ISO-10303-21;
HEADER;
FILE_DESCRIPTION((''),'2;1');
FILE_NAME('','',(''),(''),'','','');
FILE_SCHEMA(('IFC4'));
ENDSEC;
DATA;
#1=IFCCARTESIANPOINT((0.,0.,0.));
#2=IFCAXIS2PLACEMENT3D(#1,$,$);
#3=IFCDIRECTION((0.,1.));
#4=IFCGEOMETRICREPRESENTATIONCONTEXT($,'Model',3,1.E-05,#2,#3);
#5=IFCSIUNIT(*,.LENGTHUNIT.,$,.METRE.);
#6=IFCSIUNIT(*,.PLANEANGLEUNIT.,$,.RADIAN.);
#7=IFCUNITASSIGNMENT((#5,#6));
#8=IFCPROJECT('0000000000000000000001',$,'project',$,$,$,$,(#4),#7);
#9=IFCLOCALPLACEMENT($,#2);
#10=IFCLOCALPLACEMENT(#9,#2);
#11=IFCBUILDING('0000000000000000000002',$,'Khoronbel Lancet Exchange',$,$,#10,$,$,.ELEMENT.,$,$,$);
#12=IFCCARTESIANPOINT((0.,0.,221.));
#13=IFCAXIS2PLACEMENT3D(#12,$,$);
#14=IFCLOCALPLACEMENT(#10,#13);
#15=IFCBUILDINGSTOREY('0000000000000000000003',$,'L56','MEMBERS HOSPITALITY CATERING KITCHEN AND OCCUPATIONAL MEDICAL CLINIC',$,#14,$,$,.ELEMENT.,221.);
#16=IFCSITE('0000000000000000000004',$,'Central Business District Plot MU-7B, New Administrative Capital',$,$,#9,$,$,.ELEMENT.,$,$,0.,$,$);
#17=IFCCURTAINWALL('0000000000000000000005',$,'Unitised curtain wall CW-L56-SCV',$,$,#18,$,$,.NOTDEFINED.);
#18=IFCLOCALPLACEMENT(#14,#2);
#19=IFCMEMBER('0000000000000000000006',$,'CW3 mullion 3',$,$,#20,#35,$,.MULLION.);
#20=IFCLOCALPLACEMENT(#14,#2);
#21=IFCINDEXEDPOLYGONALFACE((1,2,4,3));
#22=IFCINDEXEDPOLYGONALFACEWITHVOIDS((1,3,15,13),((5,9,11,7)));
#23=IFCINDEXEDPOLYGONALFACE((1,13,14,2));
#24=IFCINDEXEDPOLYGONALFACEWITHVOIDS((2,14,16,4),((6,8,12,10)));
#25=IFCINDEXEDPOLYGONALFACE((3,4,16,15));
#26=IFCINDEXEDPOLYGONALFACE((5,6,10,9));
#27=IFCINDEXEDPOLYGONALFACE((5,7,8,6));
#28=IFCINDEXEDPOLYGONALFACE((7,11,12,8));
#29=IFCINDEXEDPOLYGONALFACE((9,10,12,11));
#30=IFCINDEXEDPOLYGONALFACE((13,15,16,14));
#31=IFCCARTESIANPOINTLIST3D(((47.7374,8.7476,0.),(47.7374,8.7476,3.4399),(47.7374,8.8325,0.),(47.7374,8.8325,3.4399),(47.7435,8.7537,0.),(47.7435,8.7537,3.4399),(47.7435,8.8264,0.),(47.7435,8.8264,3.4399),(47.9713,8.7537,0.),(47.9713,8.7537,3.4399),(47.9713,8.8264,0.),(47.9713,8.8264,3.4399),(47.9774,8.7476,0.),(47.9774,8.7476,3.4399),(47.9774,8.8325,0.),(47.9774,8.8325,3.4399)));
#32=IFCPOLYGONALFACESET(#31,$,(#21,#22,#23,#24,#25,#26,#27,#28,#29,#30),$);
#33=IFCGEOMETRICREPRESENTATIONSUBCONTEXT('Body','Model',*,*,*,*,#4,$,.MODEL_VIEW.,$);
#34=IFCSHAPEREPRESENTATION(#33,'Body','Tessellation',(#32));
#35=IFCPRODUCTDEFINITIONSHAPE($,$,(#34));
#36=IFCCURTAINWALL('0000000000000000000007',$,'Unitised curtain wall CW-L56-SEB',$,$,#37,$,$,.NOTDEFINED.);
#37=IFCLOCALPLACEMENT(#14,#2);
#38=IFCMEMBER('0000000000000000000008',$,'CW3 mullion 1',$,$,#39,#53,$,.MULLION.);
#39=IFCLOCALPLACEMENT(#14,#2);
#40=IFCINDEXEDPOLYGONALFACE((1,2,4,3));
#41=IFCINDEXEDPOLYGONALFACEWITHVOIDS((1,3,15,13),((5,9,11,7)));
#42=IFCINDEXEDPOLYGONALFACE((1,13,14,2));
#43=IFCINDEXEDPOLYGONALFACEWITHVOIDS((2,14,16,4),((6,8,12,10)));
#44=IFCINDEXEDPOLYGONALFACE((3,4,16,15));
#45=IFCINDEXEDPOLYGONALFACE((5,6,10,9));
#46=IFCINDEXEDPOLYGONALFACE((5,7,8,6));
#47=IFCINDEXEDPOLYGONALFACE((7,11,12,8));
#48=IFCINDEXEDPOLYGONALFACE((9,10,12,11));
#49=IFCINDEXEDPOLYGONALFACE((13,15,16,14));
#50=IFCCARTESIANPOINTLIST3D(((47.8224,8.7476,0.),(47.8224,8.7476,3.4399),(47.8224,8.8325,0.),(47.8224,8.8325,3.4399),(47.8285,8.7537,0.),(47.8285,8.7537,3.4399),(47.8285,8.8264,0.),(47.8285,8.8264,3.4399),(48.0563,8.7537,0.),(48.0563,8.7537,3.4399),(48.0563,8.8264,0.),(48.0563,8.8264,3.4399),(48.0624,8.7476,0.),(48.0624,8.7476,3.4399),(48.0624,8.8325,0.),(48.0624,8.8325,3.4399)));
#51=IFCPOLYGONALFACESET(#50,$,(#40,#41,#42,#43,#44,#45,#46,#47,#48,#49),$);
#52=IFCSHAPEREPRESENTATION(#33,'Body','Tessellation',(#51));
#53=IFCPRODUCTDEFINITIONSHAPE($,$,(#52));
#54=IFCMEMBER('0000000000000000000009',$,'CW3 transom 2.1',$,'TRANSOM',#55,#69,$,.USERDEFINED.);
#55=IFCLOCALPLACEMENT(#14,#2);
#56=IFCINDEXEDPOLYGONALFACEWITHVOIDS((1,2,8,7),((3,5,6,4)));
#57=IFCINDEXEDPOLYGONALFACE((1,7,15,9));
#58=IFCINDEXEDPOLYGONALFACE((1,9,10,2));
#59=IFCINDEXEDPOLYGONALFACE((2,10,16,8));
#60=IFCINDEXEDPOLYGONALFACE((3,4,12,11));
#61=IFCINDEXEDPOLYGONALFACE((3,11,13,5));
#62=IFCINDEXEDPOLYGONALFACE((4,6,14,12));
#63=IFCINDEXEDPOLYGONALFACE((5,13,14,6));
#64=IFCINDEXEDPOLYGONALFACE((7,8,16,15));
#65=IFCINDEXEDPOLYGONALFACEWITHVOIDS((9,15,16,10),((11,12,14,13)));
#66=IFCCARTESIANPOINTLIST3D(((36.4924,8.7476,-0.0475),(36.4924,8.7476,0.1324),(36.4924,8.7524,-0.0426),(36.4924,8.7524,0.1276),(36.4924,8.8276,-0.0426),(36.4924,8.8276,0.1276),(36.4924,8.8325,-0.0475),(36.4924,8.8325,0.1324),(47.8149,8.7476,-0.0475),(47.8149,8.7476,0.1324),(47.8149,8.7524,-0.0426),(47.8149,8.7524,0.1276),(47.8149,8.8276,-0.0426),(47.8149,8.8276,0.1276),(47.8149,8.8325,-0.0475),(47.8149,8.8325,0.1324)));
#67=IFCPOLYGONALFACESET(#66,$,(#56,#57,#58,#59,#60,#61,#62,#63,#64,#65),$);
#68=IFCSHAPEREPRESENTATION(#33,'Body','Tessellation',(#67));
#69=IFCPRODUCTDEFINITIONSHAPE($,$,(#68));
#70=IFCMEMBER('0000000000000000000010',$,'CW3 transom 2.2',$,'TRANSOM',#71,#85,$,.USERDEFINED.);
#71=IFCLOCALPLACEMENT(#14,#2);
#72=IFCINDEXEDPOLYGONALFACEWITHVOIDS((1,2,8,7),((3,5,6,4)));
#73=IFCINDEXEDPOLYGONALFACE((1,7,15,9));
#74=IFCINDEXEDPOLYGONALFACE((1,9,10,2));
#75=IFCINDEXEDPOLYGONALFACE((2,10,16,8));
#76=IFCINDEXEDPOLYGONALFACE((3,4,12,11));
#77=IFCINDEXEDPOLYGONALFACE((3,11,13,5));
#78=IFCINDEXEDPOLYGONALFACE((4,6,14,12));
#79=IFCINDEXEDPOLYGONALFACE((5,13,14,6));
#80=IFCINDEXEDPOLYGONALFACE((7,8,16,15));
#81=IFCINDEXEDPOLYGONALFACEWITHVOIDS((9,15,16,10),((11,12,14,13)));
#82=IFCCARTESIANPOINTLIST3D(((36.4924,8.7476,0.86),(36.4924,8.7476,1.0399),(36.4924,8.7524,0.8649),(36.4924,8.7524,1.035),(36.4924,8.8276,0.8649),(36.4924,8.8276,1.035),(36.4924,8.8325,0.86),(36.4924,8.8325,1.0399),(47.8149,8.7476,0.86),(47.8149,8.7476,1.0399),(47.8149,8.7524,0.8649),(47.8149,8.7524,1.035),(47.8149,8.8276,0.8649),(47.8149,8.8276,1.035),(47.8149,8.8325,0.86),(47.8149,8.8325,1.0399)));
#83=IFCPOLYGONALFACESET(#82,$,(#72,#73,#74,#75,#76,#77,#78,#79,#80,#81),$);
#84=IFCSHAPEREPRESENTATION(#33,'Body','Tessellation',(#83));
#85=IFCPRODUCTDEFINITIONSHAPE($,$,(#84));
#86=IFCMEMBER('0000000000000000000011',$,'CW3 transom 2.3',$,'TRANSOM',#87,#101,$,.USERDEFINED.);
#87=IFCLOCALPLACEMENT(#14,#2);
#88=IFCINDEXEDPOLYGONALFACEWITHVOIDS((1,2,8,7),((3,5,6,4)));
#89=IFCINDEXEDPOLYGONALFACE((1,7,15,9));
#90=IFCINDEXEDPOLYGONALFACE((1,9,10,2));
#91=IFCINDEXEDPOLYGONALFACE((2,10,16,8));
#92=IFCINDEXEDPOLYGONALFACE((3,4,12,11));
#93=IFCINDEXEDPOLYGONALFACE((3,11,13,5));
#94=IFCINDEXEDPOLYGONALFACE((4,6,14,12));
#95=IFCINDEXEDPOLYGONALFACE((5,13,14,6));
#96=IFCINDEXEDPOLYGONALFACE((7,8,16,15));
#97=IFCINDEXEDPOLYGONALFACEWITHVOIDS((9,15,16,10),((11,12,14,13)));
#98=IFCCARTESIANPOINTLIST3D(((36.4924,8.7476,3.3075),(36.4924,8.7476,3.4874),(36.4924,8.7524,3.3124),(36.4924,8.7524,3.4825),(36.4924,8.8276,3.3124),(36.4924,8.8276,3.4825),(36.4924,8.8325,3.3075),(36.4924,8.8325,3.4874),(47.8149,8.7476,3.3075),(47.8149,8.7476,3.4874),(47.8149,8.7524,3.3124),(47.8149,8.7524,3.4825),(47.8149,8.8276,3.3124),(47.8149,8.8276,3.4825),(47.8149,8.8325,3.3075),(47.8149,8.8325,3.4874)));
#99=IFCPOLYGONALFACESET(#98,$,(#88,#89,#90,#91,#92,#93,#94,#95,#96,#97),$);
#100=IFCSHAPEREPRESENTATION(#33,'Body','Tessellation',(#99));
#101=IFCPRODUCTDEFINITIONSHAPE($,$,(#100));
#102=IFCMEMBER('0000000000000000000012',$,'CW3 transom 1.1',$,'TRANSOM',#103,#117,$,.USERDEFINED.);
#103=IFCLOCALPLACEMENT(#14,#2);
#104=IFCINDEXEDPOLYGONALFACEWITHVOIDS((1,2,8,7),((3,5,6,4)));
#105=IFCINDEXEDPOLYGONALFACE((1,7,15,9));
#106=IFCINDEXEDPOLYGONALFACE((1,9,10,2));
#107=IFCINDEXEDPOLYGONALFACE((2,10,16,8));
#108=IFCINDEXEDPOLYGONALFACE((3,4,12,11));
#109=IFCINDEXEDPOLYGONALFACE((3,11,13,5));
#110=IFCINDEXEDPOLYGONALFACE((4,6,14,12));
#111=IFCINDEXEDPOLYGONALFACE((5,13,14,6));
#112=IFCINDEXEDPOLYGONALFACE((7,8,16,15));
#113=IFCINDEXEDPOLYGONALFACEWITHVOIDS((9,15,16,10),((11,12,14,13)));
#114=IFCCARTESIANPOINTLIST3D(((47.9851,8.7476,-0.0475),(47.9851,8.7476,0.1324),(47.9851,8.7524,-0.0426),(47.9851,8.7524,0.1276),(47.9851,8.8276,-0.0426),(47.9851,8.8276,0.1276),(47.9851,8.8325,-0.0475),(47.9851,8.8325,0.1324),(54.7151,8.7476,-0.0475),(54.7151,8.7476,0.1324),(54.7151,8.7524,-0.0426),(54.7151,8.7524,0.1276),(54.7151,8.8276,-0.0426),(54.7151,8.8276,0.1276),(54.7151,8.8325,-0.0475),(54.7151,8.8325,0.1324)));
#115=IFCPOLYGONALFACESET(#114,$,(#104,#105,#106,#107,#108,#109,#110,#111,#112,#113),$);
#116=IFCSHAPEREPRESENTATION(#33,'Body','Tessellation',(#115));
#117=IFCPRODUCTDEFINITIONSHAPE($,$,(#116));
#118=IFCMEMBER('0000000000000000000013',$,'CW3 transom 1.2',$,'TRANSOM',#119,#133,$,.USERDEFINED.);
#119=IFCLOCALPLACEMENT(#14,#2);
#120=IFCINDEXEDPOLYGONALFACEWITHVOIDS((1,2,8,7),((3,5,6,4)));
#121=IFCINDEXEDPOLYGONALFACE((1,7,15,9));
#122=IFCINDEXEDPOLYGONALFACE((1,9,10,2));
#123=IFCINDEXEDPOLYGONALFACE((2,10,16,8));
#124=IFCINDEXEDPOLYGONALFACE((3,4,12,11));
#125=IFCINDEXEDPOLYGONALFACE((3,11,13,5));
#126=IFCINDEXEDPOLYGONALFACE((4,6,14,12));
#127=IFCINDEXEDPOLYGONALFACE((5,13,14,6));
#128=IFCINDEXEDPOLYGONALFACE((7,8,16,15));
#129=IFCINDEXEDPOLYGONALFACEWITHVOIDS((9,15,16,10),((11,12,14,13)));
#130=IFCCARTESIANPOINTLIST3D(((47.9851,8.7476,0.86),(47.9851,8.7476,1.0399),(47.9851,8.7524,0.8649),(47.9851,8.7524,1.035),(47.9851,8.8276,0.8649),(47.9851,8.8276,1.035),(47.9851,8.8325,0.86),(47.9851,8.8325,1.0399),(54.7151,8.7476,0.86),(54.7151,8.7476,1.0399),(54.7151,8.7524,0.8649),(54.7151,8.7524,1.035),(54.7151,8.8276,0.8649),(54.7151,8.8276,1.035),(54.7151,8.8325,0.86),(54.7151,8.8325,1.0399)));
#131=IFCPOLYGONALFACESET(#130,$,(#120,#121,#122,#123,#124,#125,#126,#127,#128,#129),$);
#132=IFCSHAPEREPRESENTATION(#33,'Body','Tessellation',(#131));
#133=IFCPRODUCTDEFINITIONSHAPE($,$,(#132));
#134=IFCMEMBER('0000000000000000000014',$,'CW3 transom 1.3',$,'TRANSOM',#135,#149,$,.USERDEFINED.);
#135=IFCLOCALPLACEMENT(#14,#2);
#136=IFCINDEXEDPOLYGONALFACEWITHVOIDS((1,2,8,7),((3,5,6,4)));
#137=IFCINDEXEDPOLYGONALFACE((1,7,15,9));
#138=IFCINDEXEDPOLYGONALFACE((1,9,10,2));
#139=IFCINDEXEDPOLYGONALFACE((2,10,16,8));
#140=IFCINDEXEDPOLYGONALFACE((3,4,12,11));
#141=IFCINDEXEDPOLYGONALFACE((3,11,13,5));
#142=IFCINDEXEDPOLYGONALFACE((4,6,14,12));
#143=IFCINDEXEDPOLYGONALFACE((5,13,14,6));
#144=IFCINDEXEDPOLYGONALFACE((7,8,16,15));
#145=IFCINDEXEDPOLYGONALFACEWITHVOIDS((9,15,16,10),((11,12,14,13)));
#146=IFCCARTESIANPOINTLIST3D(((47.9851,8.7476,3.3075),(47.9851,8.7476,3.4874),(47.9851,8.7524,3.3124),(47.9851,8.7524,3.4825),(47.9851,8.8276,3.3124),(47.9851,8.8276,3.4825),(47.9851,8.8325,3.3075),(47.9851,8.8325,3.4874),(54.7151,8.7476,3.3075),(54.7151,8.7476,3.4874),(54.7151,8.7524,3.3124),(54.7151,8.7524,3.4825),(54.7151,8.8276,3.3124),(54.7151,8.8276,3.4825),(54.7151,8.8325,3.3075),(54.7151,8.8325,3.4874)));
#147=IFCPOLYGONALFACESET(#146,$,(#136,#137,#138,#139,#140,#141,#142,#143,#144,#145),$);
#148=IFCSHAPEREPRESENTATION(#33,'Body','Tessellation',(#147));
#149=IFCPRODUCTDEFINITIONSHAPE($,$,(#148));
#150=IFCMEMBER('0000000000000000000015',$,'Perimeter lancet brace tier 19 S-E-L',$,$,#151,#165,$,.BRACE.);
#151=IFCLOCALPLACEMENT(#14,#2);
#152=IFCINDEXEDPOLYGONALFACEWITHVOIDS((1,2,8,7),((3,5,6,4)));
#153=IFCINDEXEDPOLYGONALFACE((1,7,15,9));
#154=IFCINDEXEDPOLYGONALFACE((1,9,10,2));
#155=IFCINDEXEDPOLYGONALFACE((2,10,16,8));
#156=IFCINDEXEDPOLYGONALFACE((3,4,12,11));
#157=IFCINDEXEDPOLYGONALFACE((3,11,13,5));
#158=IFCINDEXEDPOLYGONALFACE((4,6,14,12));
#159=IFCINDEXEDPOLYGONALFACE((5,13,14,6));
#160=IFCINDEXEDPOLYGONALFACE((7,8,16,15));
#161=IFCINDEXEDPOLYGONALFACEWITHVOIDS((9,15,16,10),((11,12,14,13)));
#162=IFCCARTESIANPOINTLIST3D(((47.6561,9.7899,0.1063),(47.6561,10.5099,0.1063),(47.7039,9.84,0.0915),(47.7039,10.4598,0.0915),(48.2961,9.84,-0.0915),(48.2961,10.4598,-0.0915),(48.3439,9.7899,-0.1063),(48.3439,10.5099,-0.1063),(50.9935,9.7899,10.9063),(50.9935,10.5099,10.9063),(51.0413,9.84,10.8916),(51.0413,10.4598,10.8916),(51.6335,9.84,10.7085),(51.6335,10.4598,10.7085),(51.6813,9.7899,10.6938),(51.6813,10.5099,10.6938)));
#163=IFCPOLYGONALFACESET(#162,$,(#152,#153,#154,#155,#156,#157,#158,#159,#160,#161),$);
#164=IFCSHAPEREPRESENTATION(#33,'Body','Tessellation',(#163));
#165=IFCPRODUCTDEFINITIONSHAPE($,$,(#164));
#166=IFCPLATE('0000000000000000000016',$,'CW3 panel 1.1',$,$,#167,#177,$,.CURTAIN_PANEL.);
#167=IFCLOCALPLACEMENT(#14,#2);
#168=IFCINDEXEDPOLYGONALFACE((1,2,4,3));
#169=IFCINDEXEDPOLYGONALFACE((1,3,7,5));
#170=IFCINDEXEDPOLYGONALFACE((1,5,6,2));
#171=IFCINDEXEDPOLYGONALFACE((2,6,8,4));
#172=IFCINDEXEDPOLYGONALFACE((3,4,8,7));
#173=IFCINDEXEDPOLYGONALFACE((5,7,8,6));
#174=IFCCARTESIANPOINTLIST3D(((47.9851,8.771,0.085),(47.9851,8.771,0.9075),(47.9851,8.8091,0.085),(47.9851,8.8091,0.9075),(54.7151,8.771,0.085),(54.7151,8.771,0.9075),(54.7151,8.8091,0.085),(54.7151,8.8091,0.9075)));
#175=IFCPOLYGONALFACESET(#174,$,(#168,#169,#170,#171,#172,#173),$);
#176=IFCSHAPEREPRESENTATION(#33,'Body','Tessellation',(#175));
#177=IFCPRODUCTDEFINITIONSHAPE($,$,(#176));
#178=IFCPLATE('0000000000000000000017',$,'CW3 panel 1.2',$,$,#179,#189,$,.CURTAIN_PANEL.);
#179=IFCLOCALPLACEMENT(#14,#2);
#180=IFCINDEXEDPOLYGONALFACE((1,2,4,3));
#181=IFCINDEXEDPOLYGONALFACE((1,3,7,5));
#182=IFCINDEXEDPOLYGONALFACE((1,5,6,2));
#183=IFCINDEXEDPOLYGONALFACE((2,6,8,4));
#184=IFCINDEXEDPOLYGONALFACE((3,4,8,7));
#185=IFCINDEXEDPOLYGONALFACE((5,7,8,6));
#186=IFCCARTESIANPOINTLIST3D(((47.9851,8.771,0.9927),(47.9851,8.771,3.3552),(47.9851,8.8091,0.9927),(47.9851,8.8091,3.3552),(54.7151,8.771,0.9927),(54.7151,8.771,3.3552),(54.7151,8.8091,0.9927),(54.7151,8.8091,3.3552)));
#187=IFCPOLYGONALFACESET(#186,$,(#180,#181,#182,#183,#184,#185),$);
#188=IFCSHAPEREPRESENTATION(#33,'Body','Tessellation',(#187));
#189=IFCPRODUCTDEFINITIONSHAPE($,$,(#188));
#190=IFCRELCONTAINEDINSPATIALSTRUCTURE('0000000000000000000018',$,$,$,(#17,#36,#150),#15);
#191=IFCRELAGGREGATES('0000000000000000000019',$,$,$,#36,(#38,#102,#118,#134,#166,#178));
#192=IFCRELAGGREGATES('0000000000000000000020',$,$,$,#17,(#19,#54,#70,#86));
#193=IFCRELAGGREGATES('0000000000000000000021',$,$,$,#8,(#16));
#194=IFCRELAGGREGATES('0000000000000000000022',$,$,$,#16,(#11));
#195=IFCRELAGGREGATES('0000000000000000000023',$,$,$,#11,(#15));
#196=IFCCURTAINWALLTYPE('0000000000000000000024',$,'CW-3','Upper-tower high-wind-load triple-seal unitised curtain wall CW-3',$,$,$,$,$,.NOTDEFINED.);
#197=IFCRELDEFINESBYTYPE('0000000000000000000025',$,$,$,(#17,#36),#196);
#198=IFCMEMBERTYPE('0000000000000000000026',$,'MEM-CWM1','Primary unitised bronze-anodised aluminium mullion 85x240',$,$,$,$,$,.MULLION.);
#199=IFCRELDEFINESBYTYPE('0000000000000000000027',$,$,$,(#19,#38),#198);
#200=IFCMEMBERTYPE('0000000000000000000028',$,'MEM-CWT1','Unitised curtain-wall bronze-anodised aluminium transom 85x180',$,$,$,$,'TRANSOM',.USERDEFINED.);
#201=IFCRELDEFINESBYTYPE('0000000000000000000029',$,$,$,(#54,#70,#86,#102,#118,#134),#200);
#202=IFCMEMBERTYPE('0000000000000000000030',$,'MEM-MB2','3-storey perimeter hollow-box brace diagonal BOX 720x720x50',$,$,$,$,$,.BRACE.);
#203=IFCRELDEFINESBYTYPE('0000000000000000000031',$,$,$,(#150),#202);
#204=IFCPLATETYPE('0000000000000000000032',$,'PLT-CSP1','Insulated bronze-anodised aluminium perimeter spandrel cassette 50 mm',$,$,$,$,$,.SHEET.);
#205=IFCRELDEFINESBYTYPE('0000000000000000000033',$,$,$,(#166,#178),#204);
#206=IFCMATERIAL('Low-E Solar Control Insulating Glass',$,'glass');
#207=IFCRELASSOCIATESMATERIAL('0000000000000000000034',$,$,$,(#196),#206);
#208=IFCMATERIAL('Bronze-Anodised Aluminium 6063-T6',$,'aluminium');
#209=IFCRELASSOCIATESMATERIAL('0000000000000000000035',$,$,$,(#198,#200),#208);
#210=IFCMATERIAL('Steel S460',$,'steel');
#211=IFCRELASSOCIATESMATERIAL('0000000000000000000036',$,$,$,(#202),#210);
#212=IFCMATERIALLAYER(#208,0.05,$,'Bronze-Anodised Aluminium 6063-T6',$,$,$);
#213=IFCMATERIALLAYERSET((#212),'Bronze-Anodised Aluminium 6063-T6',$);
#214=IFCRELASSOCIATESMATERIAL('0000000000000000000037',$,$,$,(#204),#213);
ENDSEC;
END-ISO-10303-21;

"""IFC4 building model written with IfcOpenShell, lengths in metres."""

from ifc_helpers import new_model, si_unit, direction, frame, origin, origin_2d, place, context, subcontext, project, spatial, rectangle, hollow_rectangle, extrude, material, layer, layer_set, material_profile, profile_set, type_object, element, aggregate, save


model = new_model("IFC4")

# Units and contexts
model_context = context("Model", 3, precision=1e-05, world=origin(), true_north=direction((0.0, 1.0)))
body_context = subcontext(model_context, "Body", "Model", "MODEL_VIEW")
ifc_project = project(units=[si_unit("LENGTHUNIT", "METRE"), si_unit("PLANEANGLEUNIT", "RADIAN")], contexts=[model_context])

# Site, building, storey
site_placement = place(None, origin())
site = spatial("IfcSite", under=ifc_project, at=site_placement, Name="Central Business District Plot MU-7B, New Administrative Capital", CompositionType="ELEMENT", RefElevation=0.0)
building_placement = place(site_placement, origin())
building = spatial("IfcBuilding", under=site, at=building_placement, Name="Khoronbel Lancet Exchange", CompositionType="ELEMENT")
storey_placement = place(building_placement, frame((0.0, 0.0, 221.0)))
storey = spatial("IfcBuildingStorey", under=building, at=storey_placement, Name="L56", Description="MEMBERS HOSPITALITY CATERING KITCHEN AND OCCUPATIONAL MEDICAL CLINIC", CompositionType="ELEMENT", Elevation=221.0)

# Shared definitions
ifc_material_1 = material(Name="Steel S460", Category="steel")

# Curtain wall, member
ifc_material_2 = material(Name="Low-E Solar Control Insulating Glass", Category="glass")
curtain_wall_type = type_object("IfcCurtainWallType", Name="CW-3", Description="Upper-tower high-wind-load triple-seal unitised curtain wall CW-3", PredefinedType="NOTDEFINED", material=ifc_material_2)
curtain_wall_1_placement = place(storey_placement, origin())
curtain_wall_1 = element("IfcCurtainWall", 1, at=curtain_wall_1_placement, inside=storey, type_object=curtain_wall_type, Name="Unitised curtain wall CW-L56-SCV", PredefinedType="NOTDEFINED")
ifc_material_3 = material(Name="Bronze-Anodised Aluminium 6063-T6", Category="aluminium")
ifc_material_profile_1 = material_profile(ifc_material_3, hollow_rectangle(XDim=0.085, YDim=0.24, WallThickness=0.0061, at=origin_2d()), Name="ALU MULLION 85x240")
ifc_profile_set_1 = profile_set([ifc_material_profile_1], Name="Bronze-Anodised Aluminium 6063-T6")
member_type_1 = type_object("IfcMemberType", Name="MEM-CWM1", Description="Primary unitised bronze-anodised aluminium mullion 85x240", PredefinedType="MULLION", material=ifc_profile_set_1)
member_1_placement = place(storey_placement, frame((47.8574, 8.79, 0.0), z_axis=(0.0, 0.0, 1.0), x_axis=(0.0, 1.0, 0.0)))
member_1 = element("IfcMember", 2, at=member_1_placement, type_object=member_type_1, Name="CW3 mullion 3", PredefinedType="MULLION", context=body_context, shape_type="SweptSolid", body=[
    extrude(hollow_rectangle(XDim=0.085, YDim=0.24, WallThickness=0.0061, at=origin_2d()), origin(), (0.0, 0.0, 1.0), 3.4399),
])

# Curtain wall, member
curtain_wall_2_placement = place(storey_placement, origin())
curtain_wall_2 = element("IfcCurtainWall", 3, at=curtain_wall_2_placement, inside=storey, type_object=curtain_wall_type, Name="Unitised curtain wall CW-L56-SEB", PredefinedType="NOTDEFINED")
member_2_placement = place(storey_placement, frame((47.9424, 8.79, 0.0), z_axis=(0.0, 0.0, 1.0), x_axis=(0.0, 1.0, 0.0)))
member_2 = element("IfcMember", 4, at=member_2_placement, type_object=member_type_1, Name="CW3 mullion 1", PredefinedType="MULLION", context=body_context, shape_type="SweptSolid", body=[
    extrude(hollow_rectangle(XDim=0.085, YDim=0.24, WallThickness=0.0061, at=origin_2d()), origin(), (0.0, 0.0, 1.0), 3.4399),
])

# Members
ifc_material_profile_2 = material_profile(ifc_material_3, hollow_rectangle(XDim=0.085, YDim=0.1799, WallThickness=0.0049, at=origin_2d()), Name="ALU TRANSOM 85x180")
ifc_profile_set_2 = profile_set([ifc_material_profile_2], Name="Bronze-Anodised Aluminium 6063-T6")
member_type_2 = type_object("IfcMemberType", Name="MEM-CWT1", Description="Unitised curtain-wall bronze-anodised aluminium transom 85x180", ElementType="TRANSOM", PredefinedType="USERDEFINED", material=ifc_profile_set_2)
member_3_placement = place(storey_placement, frame((36.4924, 8.79, 0.0425), z_axis=(1.0, 0.0, 0.0), x_axis=(0.0, 1.0, 0.0)))
member_3 = element("IfcMember", 5, at=member_3_placement, type_object=member_type_2, Name="CW3 transom 2.1", ObjectType="TRANSOM", PredefinedType="USERDEFINED", context=body_context, shape_type="SweptSolid", body=[
    extrude(hollow_rectangle(XDim=0.085, YDim=0.1799, WallThickness=0.0049, at=origin_2d()), origin(), (0.0, 0.0, 1.0), 11.3225),
])
member_4_placement = place(storey_placement, frame((36.4924, 8.79, 0.95), z_axis=(1.0, 0.0, 0.0), x_axis=(0.0, 1.0, 0.0)))
member_4 = element("IfcMember", 6, at=member_4_placement, type_object=member_type_2, Name="CW3 transom 2.2", ObjectType="TRANSOM", PredefinedType="USERDEFINED", context=body_context, shape_type="SweptSolid", body=[
    extrude(hollow_rectangle(XDim=0.085, YDim=0.1799, WallThickness=0.0049, at=origin_2d()), origin(), (0.0, 0.0, 1.0), 11.3225),
])
member_5_placement = place(storey_placement, frame((36.4924, 8.79, 3.3975), z_axis=(1.0, 0.0, 0.0), x_axis=(0.0, 1.0, 0.0)))
member_5 = element("IfcMember", 7, at=member_5_placement, type_object=member_type_2, Name="CW3 transom 2.3", ObjectType="TRANSOM", PredefinedType="USERDEFINED", context=body_context, shape_type="SweptSolid", body=[
    extrude(hollow_rectangle(XDim=0.085, YDim=0.1799, WallThickness=0.0049, at=origin_2d()), origin(), (0.0, 0.0, 1.0), 11.3225),
])
member_6_placement = place(storey_placement, frame((47.9851, 8.79, 0.0425), z_axis=(1.0, 0.0, 0.0), x_axis=(0.0, 1.0, 0.0)))
member_6 = element("IfcMember", 8, at=member_6_placement, type_object=member_type_2, Name="CW3 transom 1.1", ObjectType="TRANSOM", PredefinedType="USERDEFINED", context=body_context, shape_type="SweptSolid", body=[
    extrude(hollow_rectangle(XDim=0.085, YDim=0.1799, WallThickness=0.0049, at=origin_2d()), origin(), (0.0, 0.0, 1.0), 6.73),
])
member_7_placement = place(storey_placement, frame((47.9851, 8.79, 0.95), z_axis=(1.0, 0.0, 0.0), x_axis=(0.0, 1.0, 0.0)))
member_7 = element("IfcMember", 9, at=member_7_placement, type_object=member_type_2, Name="CW3 transom 1.2", ObjectType="TRANSOM", PredefinedType="USERDEFINED", context=body_context, shape_type="SweptSolid", body=[
    extrude(hollow_rectangle(XDim=0.085, YDim=0.1799, WallThickness=0.0049, at=origin_2d()), origin(), (0.0, 0.0, 1.0), 6.73),
])
member_8_placement = place(storey_placement, frame((47.9851, 8.79, 3.3975), z_axis=(1.0, 0.0, 0.0), x_axis=(0.0, 1.0, 0.0)))
member_8 = element("IfcMember", 10, at=member_8_placement, type_object=member_type_2, Name="CW3 transom 1.3", ObjectType="TRANSOM", PredefinedType="USERDEFINED", context=body_context, shape_type="SweptSolid", body=[
    extrude(hollow_rectangle(XDim=0.085, YDim=0.1799, WallThickness=0.0049, at=origin_2d()), origin(), (0.0, 0.0, 1.0), 6.73),
])
ifc_material_profile_3 = material_profile(ifc_material_1, hollow_rectangle(XDim=0.72, YDim=0.72, WallThickness=0.05, at=origin_2d()), Name="BOX 720x720x50")
ifc_profile_set_3 = profile_set([ifc_material_profile_3], Name="Steel S460")
member_type_3 = type_object("IfcMemberType", Name="MEM-MB2", Description="3-storey perimeter hollow-box brace diagonal BOX 720x720x50", PredefinedType="BRACE", material=ifc_profile_set_3)
member_9_placement = place(storey_placement, frame((48.0, 10.1499, 0.0), z_axis=(0.295242, 0.0, 0.955422), x_axis=(0.0, 1.0, 0.0)))
element("IfcMember", 11, at=member_9_placement, inside=storey, type_object=member_type_3, Name="Perimeter lancet brace tier 19 S-E-L", PredefinedType="BRACE", context=body_context, shape_type="SweptSolid", body=[
    extrude(hollow_rectangle(XDim=0.72, YDim=0.72, WallThickness=0.05, at=origin_2d()), origin(), (0.0, 0.0, 1.0), 11.304),
])

# Plates
ifc_layer_1 = layer(ifc_material_3, 0.05, Name="Bronze-Anodised Aluminium 6063-T6")
ifc_layer_set_1 = layer_set([ifc_layer_1], Name="Bronze-Anodised Aluminium 6063-T6")
plate_type_1 = type_object("IfcPlateType", Name="PLT-CSP1", Description="Insulated bronze-anodised aluminium perimeter spandrel cassette 50 mm", PredefinedType="SHEET", material=ifc_layer_set_1)
plate_1_placement = place(storey_placement, frame((51.3501, 8.79, 0.085), z_axis=(0.0, 0.0, 1.0), x_axis=(1.0, 0.0, 0.0)))
plate_1 = element("IfcPlate", 12, at=plate_1_placement, type_object=plate_type_1, Name="CW3 panel 1.1", PredefinedType="CURTAIN_PANEL", context=body_context, shape_type="SweptSolid", body=[
    extrude(rectangle(XDim=6.73, YDim=0.0381, at=origin_2d()), origin(), (0.0, 0.0, 1.0), 0.8225),
])
plate_2_placement = place(storey_placement, frame((51.3501, 8.79, 0.9927), z_axis=(0.0, 0.0, 1.0), x_axis=(1.0, 0.0, 0.0)))
plate_2 = element("IfcPlate", 13, at=plate_2_placement, type_object=plate_type_1, Name="CW3 panel 1.2", PredefinedType="CURTAIN_PANEL", context=body_context, shape_type="SweptSolid", body=[
    extrude(rectangle(XDim=6.73, YDim=0.0381, at=origin_2d()), origin(), (0.0, 0.0, 1.0), 2.3625),
])
aggregate(curtain_wall_2, [member_2, member_6, member_7, member_8, plate_1, plate_2])
aggregate(curtain_wall_1, [member_1, member_3, member_4, member_5])

save(model, "model.ifc")
